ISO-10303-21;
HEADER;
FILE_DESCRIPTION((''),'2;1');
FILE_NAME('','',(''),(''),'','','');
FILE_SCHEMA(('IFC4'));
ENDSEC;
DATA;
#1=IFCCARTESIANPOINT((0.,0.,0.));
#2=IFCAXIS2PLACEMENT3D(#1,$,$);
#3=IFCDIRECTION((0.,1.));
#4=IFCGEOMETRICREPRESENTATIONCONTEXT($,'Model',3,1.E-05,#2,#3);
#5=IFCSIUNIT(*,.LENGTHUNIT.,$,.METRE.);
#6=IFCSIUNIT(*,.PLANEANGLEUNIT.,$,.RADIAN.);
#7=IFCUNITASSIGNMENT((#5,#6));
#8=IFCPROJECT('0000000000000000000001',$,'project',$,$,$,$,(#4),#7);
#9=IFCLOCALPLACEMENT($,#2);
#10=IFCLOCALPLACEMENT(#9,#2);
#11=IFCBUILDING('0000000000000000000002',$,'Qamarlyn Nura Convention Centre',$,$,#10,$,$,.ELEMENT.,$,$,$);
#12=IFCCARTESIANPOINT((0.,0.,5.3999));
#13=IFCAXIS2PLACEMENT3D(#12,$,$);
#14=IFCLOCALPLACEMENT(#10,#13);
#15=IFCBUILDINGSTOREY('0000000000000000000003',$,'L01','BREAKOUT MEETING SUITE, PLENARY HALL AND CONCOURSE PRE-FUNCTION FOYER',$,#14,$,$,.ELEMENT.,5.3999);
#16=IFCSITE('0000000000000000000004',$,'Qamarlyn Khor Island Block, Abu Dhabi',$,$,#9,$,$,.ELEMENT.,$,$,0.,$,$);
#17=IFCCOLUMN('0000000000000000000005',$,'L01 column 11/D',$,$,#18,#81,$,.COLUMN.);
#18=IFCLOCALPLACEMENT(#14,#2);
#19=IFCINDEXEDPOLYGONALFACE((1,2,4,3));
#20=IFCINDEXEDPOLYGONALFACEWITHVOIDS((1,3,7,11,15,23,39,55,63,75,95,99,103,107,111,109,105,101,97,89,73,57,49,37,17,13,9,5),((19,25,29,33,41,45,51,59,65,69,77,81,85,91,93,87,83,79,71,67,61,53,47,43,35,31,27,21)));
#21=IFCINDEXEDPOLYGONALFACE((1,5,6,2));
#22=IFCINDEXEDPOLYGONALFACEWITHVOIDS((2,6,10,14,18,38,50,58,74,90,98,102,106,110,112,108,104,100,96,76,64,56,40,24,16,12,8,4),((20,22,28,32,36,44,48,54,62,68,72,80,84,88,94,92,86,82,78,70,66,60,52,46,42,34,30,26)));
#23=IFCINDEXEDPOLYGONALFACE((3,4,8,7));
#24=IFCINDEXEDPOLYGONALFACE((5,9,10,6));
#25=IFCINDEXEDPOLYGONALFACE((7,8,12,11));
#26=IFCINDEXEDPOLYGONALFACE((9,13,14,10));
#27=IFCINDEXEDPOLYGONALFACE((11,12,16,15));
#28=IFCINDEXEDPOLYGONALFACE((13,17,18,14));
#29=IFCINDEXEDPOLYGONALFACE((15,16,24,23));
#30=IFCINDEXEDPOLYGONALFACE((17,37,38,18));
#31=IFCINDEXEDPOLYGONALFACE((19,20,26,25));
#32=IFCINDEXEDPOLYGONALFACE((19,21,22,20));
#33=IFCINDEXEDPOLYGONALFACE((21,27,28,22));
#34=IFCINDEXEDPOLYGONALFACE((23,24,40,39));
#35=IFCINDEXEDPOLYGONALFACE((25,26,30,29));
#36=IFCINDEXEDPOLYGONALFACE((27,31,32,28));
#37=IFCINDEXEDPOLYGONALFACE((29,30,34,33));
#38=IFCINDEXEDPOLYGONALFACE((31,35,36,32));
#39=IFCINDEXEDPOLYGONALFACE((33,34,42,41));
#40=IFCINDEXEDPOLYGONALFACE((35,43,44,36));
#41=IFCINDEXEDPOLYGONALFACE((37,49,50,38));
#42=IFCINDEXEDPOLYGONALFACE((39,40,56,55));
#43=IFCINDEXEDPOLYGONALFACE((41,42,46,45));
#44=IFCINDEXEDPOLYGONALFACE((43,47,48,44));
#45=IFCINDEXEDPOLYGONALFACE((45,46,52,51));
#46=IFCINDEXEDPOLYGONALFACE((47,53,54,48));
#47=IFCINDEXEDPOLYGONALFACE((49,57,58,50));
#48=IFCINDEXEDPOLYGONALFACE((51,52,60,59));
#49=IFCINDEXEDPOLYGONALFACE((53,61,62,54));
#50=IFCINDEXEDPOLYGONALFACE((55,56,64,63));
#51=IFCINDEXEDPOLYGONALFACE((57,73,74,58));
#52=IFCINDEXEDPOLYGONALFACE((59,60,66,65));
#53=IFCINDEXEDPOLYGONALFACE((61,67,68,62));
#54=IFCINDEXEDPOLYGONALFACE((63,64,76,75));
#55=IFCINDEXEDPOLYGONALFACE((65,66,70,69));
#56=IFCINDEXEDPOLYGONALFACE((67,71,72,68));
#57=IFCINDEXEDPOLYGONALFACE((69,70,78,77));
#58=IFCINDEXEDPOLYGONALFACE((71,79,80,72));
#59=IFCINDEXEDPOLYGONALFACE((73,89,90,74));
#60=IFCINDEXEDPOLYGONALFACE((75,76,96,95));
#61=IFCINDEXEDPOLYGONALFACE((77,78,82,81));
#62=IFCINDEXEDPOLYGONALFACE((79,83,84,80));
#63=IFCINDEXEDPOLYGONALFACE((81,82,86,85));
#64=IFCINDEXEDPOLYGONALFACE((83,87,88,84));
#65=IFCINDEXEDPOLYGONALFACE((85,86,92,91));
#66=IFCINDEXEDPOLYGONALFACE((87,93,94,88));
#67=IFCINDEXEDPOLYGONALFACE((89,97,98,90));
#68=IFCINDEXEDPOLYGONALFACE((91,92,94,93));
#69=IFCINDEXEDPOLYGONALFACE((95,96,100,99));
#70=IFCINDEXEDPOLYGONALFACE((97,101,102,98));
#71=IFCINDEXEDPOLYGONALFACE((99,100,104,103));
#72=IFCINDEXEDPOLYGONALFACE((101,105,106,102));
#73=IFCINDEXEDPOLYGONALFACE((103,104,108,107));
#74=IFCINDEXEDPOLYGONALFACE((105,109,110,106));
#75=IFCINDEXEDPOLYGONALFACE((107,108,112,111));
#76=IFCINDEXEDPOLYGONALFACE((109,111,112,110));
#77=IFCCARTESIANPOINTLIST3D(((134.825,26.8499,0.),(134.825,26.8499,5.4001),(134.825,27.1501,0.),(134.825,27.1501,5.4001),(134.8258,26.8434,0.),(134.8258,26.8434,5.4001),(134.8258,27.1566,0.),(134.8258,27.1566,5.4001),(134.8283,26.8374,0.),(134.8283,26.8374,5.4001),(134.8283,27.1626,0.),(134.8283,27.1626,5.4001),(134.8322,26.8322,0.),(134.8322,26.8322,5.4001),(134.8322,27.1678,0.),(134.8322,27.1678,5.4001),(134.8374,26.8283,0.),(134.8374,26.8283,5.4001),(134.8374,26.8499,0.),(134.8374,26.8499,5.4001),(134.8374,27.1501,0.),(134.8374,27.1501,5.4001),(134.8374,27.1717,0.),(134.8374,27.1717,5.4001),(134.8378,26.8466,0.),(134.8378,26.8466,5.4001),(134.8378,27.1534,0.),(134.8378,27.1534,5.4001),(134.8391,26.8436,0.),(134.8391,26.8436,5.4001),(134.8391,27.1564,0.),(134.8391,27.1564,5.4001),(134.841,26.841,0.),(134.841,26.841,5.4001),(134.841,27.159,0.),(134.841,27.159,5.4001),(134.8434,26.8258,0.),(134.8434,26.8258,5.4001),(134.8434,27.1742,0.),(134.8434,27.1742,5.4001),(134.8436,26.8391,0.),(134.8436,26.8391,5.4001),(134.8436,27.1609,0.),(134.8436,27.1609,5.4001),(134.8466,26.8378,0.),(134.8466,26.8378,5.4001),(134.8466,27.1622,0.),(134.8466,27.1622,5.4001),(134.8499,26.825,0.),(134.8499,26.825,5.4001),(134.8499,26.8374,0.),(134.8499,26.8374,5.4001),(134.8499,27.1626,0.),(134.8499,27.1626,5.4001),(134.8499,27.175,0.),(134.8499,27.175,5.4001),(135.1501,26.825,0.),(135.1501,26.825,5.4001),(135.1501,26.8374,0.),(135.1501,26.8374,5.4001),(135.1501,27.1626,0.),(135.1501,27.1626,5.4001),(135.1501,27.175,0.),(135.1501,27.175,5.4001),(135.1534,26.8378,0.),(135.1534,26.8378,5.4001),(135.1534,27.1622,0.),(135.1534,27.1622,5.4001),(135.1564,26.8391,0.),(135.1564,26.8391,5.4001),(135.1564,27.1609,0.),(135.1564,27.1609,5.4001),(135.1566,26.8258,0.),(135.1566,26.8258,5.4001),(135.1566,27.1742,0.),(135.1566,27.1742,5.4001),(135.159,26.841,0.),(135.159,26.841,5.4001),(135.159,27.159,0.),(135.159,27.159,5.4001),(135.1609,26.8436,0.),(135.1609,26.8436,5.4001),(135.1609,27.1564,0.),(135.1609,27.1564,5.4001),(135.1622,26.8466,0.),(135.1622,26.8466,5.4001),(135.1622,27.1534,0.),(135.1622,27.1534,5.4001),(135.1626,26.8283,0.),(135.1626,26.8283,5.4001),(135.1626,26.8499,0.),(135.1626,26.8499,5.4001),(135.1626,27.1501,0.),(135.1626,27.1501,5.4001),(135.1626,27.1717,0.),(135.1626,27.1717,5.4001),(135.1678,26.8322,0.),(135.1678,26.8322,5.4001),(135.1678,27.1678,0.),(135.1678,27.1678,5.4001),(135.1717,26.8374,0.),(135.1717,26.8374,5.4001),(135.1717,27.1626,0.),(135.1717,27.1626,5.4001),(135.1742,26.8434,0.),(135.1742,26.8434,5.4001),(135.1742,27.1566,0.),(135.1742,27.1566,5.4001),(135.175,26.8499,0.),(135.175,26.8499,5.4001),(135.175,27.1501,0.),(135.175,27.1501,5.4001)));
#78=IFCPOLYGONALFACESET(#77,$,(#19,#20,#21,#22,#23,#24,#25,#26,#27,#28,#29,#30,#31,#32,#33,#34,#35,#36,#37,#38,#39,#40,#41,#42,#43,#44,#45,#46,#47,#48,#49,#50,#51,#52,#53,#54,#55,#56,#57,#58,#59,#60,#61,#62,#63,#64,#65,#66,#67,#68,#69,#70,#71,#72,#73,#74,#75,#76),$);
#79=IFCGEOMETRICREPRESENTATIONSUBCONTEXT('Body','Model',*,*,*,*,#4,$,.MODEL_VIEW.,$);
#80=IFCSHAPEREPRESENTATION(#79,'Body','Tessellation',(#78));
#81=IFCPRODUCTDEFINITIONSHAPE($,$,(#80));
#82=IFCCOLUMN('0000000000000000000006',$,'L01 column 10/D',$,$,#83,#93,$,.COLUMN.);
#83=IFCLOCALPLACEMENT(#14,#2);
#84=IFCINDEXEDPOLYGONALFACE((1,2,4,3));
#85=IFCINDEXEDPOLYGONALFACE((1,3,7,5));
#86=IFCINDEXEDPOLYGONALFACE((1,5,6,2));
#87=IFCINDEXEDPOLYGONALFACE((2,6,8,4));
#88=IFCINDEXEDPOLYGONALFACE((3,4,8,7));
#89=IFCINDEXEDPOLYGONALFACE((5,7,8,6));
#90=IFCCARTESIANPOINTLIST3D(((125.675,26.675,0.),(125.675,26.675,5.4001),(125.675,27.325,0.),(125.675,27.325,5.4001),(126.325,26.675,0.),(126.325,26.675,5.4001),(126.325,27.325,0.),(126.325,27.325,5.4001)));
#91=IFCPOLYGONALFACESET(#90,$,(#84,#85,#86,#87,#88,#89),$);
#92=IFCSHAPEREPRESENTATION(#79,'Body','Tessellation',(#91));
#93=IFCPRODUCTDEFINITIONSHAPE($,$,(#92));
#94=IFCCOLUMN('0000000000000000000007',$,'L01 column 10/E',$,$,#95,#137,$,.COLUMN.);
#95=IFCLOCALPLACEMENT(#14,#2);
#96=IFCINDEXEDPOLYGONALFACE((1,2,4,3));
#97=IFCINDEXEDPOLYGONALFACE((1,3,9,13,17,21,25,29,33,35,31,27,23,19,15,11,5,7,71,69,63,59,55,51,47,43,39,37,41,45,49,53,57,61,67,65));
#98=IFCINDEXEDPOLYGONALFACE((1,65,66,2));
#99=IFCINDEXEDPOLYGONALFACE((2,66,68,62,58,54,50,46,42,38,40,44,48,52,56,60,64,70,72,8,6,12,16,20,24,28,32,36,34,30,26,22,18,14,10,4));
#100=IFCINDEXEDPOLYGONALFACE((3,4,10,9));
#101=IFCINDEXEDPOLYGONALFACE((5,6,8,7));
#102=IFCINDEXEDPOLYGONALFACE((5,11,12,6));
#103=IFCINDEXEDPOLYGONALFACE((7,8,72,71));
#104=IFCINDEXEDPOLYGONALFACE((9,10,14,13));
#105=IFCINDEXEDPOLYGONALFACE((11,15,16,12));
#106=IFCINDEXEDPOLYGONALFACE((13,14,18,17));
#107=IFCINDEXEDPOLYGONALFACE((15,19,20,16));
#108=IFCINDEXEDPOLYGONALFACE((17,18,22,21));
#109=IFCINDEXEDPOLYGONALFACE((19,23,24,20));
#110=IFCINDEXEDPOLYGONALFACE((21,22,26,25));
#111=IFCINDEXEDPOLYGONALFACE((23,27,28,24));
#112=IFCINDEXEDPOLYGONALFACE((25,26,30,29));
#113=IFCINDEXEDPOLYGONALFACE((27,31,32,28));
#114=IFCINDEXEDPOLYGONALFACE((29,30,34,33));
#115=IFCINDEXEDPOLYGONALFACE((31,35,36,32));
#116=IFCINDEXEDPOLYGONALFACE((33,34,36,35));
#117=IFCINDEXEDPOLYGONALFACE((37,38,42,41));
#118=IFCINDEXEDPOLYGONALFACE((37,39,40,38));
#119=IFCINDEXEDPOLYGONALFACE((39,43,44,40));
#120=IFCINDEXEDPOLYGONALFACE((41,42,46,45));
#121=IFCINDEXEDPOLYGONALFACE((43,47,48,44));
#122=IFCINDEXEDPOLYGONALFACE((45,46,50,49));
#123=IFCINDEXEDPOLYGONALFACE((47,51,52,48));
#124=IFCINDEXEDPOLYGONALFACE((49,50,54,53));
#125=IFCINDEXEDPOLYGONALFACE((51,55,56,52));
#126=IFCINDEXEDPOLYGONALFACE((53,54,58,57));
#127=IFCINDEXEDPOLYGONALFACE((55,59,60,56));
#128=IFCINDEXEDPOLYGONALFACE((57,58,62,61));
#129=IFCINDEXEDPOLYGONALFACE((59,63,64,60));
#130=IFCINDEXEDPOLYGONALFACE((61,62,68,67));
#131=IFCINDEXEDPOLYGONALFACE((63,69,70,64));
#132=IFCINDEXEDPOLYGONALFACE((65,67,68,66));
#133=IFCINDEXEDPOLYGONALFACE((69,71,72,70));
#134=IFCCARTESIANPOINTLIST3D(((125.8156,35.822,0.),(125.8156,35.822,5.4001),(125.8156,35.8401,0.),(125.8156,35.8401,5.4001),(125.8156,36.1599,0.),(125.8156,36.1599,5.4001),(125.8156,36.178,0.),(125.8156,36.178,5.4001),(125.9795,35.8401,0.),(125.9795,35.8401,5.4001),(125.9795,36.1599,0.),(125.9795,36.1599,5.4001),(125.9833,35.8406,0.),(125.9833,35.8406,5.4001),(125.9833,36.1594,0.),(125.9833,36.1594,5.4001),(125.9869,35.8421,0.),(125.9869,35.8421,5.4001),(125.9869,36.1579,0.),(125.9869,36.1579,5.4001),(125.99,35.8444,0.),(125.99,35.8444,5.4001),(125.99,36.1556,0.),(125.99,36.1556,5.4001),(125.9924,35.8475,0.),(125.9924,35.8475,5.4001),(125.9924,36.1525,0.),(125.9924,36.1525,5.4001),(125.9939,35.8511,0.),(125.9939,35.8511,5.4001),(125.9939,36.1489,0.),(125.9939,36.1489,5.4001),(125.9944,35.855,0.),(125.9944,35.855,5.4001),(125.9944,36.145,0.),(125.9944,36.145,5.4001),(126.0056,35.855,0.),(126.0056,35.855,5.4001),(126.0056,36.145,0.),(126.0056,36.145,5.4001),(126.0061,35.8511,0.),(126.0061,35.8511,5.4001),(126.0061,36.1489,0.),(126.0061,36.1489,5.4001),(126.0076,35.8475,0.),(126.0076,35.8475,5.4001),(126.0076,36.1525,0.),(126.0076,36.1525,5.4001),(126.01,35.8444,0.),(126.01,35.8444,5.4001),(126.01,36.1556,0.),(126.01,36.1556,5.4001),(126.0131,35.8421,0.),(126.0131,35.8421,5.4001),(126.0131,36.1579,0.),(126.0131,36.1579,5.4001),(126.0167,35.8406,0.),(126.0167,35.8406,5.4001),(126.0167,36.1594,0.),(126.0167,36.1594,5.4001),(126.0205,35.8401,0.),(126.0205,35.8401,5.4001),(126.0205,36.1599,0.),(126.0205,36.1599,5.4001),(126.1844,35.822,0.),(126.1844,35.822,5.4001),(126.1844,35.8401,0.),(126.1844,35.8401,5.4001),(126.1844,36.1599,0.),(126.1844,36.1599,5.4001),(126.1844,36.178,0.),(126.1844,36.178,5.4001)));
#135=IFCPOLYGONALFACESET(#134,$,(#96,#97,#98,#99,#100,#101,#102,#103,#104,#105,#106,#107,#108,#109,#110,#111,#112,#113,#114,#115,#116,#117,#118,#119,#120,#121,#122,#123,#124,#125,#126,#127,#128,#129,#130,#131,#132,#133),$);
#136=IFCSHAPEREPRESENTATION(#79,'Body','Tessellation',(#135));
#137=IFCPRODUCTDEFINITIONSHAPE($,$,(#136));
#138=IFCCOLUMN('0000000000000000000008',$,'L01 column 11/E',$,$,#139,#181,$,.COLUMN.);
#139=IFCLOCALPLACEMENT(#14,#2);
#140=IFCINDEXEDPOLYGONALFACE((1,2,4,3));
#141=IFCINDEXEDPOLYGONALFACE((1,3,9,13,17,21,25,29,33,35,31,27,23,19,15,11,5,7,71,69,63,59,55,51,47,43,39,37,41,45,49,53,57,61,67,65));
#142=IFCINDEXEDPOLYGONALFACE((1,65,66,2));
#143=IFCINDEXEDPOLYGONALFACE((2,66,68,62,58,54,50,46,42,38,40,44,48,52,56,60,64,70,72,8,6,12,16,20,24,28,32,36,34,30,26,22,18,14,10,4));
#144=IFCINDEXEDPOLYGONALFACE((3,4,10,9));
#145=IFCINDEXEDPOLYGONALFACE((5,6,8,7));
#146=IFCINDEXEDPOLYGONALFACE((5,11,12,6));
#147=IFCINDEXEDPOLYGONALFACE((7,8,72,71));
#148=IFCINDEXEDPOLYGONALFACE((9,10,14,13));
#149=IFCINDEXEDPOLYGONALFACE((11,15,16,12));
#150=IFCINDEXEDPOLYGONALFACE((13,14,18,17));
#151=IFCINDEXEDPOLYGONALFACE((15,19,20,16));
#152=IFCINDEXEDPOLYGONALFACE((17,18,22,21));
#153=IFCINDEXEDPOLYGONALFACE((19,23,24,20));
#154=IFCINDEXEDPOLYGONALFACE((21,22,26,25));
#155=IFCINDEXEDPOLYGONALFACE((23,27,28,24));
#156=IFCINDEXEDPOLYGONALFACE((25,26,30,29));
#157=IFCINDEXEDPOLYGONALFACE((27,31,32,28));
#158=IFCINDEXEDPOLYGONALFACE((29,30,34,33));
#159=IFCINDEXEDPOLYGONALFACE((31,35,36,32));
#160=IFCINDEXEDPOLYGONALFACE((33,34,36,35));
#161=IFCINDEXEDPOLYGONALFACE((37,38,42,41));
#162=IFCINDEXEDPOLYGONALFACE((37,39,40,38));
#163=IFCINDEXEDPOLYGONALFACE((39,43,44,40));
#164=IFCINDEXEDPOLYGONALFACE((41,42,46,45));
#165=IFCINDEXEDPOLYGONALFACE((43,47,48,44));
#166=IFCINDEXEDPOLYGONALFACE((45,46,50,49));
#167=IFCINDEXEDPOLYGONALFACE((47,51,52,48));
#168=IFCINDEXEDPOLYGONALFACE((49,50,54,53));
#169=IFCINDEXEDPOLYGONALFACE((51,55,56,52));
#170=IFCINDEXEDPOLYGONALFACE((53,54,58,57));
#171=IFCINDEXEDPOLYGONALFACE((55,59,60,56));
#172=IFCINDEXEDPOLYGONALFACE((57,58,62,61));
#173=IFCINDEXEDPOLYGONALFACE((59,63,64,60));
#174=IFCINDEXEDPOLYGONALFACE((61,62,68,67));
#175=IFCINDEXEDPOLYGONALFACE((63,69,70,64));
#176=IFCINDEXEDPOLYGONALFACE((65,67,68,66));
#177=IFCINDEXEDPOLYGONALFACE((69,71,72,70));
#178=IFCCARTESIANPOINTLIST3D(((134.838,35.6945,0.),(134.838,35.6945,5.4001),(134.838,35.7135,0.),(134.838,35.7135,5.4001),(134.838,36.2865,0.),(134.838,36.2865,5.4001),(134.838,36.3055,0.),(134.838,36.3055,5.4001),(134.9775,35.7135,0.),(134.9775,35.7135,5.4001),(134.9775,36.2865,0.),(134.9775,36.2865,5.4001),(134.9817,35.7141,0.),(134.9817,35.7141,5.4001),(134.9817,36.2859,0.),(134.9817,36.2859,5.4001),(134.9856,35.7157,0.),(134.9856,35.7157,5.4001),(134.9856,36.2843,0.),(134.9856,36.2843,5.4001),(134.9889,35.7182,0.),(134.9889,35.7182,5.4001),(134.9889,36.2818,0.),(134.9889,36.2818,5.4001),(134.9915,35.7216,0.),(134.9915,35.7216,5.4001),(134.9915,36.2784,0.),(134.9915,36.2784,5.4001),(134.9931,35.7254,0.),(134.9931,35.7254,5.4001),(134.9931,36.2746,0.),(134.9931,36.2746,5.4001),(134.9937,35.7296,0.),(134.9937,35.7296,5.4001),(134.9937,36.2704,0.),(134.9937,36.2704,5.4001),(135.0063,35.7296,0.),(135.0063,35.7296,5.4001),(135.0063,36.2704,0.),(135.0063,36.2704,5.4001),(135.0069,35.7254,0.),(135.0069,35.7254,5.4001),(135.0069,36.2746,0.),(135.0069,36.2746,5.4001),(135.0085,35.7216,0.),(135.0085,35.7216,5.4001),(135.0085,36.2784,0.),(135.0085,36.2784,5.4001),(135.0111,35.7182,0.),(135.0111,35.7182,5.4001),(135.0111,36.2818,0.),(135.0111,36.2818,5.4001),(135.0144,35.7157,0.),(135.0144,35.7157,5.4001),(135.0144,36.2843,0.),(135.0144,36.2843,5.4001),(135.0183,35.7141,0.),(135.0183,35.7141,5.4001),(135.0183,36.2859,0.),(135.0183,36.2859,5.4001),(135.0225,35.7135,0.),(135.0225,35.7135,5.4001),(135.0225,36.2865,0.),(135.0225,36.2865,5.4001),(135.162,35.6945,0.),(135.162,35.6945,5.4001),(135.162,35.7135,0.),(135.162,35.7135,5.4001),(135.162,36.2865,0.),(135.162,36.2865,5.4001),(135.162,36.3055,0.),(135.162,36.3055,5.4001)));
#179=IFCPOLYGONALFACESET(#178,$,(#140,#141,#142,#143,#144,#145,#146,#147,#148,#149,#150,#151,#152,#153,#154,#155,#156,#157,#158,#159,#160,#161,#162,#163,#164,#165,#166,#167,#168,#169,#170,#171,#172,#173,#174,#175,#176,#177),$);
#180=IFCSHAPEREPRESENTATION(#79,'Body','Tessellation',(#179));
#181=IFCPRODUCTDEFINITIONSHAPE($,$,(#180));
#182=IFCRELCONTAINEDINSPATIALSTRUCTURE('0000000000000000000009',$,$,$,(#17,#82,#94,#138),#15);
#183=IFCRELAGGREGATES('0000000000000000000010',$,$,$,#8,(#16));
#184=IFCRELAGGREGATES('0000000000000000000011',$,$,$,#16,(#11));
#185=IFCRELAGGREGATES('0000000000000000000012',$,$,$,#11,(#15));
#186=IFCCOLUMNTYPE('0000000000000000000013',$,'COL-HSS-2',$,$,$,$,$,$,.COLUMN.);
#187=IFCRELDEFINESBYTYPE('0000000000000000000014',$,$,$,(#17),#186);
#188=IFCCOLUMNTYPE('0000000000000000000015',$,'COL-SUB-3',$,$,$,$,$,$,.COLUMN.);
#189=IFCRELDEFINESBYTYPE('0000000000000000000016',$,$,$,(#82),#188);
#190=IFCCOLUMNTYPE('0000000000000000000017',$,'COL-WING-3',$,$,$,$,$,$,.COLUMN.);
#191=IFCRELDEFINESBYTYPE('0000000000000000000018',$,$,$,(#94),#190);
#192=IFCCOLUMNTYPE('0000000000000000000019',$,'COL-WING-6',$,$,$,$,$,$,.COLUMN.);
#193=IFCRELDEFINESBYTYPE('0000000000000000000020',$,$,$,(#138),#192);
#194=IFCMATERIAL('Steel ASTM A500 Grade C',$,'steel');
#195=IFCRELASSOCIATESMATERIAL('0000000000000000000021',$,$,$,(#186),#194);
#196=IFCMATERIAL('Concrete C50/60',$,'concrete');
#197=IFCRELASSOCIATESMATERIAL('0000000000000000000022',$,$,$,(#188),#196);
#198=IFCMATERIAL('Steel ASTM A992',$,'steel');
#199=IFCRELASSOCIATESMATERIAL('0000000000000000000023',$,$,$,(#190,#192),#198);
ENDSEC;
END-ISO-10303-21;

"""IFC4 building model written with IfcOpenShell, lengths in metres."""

from ifc_helpers import new_model, si_unit, direction, frame, origin, origin_2d, place, context, subcontext, project, spatial, rectangle, hollow_rectangle, i_section, extrude, material, material_profile, profile_set, type_object, element, save


model = new_model("IFC4")

# Units and contexts
model_context = context("Model", 3, precision=1e-05, world=origin(), true_north=direction((0.0, 1.0)))
body_context = subcontext(model_context, "Body", "Model", "MODEL_VIEW")
ifc_project = project(units=[si_unit("LENGTHUNIT", "METRE"), si_unit("PLANEANGLEUNIT", "RADIAN")], contexts=[model_context])

# Site, building, storey
site_placement = place(None, origin())
site = spatial("IfcSite", under=ifc_project, at=site_placement, Name="Qamarlyn Khor Island Block, Abu Dhabi", CompositionType="ELEMENT", RefElevation=0.0)
building_placement = place(site_placement, origin())
building = spatial("IfcBuilding", under=site, at=building_placement, Name="Qamarlyn Nura Convention Centre", CompositionType="ELEMENT")
storey_placement = place(building_placement, frame((0.0, 0.0, 5.3999)))
storey = spatial("IfcBuildingStorey", under=building, at=storey_placement, Name="L01", Description="BREAKOUT MEETING SUITE, PLENARY HALL AND CONCOURSE PRE-FUNCTION FOYER", CompositionType="ELEMENT", Elevation=5.3999)

# Columns
ifc_material_1 = material(Name="Steel ASTM A500 Grade C", Category="steel")
ifc_material_profile_1 = material_profile(ifc_material_1, hollow_rectangle(XDim=0.3501, YDim=0.3501, WallThickness=0.0125, InnerFilletRadius=0.0125, OuterFilletRadius=0.0249, at=origin_2d()), Name="HSS350X350X12.5")
ifc_profile_set_1 = profile_set([ifc_material_profile_1], Name="Steel ASTM A500 Grade C")
column_type_1 = type_object("IfcColumnType", Name="COL-HSS-2", PredefinedType="COLUMN", material=ifc_profile_set_1)
column_1_placement = place(storey_placement, frame((135.0, 27.0, 0.0), z_axis=(0.0, 0.0, 1.0), x_axis=(1.0, 0.0, 0.0)))
element("IfcColumn", 1, at=column_1_placement, inside=storey, type_object=column_type_1, Name="L01 column 11/D", PredefinedType="COLUMN", context=body_context, shape_type="SweptSolid", body=[
    extrude(hollow_rectangle(XDim=0.3501, YDim=0.3501, WallThickness=0.0125, InnerFilletRadius=0.0125, OuterFilletRadius=0.0249, at=origin_2d()), origin(), (0.0, 0.0, 1.0), 5.4001),
])
ifc_material_2 = material(Name="Concrete C50/60", Category="concrete")
ifc_material_profile_2 = material_profile(ifc_material_2, rectangle(XDim=0.6499, YDim=0.6499, at=origin_2d()), Name="RC 650x650")
ifc_profile_set_2 = profile_set([ifc_material_profile_2], Name="Concrete C50/60")
column_type_2 = type_object("IfcColumnType", Name="COL-SUB-3", PredefinedType="COLUMN", material=ifc_profile_set_2)
column_2_placement = place(storey_placement, frame((126.0, 27.0, 0.0), z_axis=(0.0, 0.0, 1.0), x_axis=(1.0, 0.0, 0.0)))
element("IfcColumn", 2, at=column_2_placement, inside=storey, type_object=column_type_2, Name="L01 column 10/D", PredefinedType="COLUMN", context=body_context, shape_type="SweptSolid", body=[
    extrude(rectangle(XDim=0.6499, YDim=0.6499, at=origin_2d()), origin(), (0.0, 0.0, 1.0), 5.4001),
])
ifc_material_3 = material(Name="Steel ASTM A992", Category="steel")
ifc_material_profile_3 = material_profile(ifc_material_3, i_section(OverallWidth=0.3689, OverallDepth=0.356, WebThickness=0.0112, FlangeThickness=0.0181, FilletRadius=0.0149, at=origin_2d()), Name="W360X134")
ifc_profile_set_3 = profile_set([ifc_material_profile_3], Name="Steel ASTM A992")
column_type_3 = type_object("IfcColumnType", Name="COL-WING-3", PredefinedType="COLUMN", material=ifc_profile_set_3)
column_3_placement = place(storey_placement, frame((126.0, 36.0, 0.0), z_axis=(0.0, 0.0, 1.0), x_axis=(1.0, 0.0, 0.0)))
element("IfcColumn", 3, at=column_3_placement, inside=storey, type_object=column_type_3, Name="L01 column 10/E", PredefinedType="COLUMN", context=body_context, shape_type="SweptSolid", body=[
    extrude(i_section(OverallWidth=0.3689, OverallDepth=0.356, WebThickness=0.0112, FlangeThickness=0.0181, FilletRadius=0.0149, at=origin_2d()), origin(), (0.0, 0.0, 1.0), 5.4001),
])
ifc_material_profile_4 = material_profile(ifc_material_3, i_section(OverallWidth=0.324, OverallDepth=0.6111, WebThickness=0.0127, FlangeThickness=0.019, FilletRadius=0.0161, at=origin_2d()), Name="W610X155")
ifc_profile_set_4 = profile_set([ifc_material_profile_4], Name="Steel ASTM A992")
column_type_4 = type_object("IfcColumnType", Name="COL-WING-6", PredefinedType="COLUMN", material=ifc_profile_set_4)
column_4_placement = place(storey_placement, frame((135.0, 36.0, 0.0), z_axis=(0.0, 0.0, 1.0), x_axis=(1.0, 0.0, 0.0)))
element("IfcColumn", 4, at=column_4_placement, inside=storey, type_object=column_type_4, Name="L01 column 11/E", PredefinedType="COLUMN", context=body_context, shape_type="SweptSolid", body=[
    extrude(i_section(OverallWidth=0.324, OverallDepth=0.6111, WebThickness=0.0127, FlangeThickness=0.019, FilletRadius=0.0161, at=origin_2d()), origin(), (0.0, 0.0, 1.0), 5.4001),
])

save(model, "model.ifc")
